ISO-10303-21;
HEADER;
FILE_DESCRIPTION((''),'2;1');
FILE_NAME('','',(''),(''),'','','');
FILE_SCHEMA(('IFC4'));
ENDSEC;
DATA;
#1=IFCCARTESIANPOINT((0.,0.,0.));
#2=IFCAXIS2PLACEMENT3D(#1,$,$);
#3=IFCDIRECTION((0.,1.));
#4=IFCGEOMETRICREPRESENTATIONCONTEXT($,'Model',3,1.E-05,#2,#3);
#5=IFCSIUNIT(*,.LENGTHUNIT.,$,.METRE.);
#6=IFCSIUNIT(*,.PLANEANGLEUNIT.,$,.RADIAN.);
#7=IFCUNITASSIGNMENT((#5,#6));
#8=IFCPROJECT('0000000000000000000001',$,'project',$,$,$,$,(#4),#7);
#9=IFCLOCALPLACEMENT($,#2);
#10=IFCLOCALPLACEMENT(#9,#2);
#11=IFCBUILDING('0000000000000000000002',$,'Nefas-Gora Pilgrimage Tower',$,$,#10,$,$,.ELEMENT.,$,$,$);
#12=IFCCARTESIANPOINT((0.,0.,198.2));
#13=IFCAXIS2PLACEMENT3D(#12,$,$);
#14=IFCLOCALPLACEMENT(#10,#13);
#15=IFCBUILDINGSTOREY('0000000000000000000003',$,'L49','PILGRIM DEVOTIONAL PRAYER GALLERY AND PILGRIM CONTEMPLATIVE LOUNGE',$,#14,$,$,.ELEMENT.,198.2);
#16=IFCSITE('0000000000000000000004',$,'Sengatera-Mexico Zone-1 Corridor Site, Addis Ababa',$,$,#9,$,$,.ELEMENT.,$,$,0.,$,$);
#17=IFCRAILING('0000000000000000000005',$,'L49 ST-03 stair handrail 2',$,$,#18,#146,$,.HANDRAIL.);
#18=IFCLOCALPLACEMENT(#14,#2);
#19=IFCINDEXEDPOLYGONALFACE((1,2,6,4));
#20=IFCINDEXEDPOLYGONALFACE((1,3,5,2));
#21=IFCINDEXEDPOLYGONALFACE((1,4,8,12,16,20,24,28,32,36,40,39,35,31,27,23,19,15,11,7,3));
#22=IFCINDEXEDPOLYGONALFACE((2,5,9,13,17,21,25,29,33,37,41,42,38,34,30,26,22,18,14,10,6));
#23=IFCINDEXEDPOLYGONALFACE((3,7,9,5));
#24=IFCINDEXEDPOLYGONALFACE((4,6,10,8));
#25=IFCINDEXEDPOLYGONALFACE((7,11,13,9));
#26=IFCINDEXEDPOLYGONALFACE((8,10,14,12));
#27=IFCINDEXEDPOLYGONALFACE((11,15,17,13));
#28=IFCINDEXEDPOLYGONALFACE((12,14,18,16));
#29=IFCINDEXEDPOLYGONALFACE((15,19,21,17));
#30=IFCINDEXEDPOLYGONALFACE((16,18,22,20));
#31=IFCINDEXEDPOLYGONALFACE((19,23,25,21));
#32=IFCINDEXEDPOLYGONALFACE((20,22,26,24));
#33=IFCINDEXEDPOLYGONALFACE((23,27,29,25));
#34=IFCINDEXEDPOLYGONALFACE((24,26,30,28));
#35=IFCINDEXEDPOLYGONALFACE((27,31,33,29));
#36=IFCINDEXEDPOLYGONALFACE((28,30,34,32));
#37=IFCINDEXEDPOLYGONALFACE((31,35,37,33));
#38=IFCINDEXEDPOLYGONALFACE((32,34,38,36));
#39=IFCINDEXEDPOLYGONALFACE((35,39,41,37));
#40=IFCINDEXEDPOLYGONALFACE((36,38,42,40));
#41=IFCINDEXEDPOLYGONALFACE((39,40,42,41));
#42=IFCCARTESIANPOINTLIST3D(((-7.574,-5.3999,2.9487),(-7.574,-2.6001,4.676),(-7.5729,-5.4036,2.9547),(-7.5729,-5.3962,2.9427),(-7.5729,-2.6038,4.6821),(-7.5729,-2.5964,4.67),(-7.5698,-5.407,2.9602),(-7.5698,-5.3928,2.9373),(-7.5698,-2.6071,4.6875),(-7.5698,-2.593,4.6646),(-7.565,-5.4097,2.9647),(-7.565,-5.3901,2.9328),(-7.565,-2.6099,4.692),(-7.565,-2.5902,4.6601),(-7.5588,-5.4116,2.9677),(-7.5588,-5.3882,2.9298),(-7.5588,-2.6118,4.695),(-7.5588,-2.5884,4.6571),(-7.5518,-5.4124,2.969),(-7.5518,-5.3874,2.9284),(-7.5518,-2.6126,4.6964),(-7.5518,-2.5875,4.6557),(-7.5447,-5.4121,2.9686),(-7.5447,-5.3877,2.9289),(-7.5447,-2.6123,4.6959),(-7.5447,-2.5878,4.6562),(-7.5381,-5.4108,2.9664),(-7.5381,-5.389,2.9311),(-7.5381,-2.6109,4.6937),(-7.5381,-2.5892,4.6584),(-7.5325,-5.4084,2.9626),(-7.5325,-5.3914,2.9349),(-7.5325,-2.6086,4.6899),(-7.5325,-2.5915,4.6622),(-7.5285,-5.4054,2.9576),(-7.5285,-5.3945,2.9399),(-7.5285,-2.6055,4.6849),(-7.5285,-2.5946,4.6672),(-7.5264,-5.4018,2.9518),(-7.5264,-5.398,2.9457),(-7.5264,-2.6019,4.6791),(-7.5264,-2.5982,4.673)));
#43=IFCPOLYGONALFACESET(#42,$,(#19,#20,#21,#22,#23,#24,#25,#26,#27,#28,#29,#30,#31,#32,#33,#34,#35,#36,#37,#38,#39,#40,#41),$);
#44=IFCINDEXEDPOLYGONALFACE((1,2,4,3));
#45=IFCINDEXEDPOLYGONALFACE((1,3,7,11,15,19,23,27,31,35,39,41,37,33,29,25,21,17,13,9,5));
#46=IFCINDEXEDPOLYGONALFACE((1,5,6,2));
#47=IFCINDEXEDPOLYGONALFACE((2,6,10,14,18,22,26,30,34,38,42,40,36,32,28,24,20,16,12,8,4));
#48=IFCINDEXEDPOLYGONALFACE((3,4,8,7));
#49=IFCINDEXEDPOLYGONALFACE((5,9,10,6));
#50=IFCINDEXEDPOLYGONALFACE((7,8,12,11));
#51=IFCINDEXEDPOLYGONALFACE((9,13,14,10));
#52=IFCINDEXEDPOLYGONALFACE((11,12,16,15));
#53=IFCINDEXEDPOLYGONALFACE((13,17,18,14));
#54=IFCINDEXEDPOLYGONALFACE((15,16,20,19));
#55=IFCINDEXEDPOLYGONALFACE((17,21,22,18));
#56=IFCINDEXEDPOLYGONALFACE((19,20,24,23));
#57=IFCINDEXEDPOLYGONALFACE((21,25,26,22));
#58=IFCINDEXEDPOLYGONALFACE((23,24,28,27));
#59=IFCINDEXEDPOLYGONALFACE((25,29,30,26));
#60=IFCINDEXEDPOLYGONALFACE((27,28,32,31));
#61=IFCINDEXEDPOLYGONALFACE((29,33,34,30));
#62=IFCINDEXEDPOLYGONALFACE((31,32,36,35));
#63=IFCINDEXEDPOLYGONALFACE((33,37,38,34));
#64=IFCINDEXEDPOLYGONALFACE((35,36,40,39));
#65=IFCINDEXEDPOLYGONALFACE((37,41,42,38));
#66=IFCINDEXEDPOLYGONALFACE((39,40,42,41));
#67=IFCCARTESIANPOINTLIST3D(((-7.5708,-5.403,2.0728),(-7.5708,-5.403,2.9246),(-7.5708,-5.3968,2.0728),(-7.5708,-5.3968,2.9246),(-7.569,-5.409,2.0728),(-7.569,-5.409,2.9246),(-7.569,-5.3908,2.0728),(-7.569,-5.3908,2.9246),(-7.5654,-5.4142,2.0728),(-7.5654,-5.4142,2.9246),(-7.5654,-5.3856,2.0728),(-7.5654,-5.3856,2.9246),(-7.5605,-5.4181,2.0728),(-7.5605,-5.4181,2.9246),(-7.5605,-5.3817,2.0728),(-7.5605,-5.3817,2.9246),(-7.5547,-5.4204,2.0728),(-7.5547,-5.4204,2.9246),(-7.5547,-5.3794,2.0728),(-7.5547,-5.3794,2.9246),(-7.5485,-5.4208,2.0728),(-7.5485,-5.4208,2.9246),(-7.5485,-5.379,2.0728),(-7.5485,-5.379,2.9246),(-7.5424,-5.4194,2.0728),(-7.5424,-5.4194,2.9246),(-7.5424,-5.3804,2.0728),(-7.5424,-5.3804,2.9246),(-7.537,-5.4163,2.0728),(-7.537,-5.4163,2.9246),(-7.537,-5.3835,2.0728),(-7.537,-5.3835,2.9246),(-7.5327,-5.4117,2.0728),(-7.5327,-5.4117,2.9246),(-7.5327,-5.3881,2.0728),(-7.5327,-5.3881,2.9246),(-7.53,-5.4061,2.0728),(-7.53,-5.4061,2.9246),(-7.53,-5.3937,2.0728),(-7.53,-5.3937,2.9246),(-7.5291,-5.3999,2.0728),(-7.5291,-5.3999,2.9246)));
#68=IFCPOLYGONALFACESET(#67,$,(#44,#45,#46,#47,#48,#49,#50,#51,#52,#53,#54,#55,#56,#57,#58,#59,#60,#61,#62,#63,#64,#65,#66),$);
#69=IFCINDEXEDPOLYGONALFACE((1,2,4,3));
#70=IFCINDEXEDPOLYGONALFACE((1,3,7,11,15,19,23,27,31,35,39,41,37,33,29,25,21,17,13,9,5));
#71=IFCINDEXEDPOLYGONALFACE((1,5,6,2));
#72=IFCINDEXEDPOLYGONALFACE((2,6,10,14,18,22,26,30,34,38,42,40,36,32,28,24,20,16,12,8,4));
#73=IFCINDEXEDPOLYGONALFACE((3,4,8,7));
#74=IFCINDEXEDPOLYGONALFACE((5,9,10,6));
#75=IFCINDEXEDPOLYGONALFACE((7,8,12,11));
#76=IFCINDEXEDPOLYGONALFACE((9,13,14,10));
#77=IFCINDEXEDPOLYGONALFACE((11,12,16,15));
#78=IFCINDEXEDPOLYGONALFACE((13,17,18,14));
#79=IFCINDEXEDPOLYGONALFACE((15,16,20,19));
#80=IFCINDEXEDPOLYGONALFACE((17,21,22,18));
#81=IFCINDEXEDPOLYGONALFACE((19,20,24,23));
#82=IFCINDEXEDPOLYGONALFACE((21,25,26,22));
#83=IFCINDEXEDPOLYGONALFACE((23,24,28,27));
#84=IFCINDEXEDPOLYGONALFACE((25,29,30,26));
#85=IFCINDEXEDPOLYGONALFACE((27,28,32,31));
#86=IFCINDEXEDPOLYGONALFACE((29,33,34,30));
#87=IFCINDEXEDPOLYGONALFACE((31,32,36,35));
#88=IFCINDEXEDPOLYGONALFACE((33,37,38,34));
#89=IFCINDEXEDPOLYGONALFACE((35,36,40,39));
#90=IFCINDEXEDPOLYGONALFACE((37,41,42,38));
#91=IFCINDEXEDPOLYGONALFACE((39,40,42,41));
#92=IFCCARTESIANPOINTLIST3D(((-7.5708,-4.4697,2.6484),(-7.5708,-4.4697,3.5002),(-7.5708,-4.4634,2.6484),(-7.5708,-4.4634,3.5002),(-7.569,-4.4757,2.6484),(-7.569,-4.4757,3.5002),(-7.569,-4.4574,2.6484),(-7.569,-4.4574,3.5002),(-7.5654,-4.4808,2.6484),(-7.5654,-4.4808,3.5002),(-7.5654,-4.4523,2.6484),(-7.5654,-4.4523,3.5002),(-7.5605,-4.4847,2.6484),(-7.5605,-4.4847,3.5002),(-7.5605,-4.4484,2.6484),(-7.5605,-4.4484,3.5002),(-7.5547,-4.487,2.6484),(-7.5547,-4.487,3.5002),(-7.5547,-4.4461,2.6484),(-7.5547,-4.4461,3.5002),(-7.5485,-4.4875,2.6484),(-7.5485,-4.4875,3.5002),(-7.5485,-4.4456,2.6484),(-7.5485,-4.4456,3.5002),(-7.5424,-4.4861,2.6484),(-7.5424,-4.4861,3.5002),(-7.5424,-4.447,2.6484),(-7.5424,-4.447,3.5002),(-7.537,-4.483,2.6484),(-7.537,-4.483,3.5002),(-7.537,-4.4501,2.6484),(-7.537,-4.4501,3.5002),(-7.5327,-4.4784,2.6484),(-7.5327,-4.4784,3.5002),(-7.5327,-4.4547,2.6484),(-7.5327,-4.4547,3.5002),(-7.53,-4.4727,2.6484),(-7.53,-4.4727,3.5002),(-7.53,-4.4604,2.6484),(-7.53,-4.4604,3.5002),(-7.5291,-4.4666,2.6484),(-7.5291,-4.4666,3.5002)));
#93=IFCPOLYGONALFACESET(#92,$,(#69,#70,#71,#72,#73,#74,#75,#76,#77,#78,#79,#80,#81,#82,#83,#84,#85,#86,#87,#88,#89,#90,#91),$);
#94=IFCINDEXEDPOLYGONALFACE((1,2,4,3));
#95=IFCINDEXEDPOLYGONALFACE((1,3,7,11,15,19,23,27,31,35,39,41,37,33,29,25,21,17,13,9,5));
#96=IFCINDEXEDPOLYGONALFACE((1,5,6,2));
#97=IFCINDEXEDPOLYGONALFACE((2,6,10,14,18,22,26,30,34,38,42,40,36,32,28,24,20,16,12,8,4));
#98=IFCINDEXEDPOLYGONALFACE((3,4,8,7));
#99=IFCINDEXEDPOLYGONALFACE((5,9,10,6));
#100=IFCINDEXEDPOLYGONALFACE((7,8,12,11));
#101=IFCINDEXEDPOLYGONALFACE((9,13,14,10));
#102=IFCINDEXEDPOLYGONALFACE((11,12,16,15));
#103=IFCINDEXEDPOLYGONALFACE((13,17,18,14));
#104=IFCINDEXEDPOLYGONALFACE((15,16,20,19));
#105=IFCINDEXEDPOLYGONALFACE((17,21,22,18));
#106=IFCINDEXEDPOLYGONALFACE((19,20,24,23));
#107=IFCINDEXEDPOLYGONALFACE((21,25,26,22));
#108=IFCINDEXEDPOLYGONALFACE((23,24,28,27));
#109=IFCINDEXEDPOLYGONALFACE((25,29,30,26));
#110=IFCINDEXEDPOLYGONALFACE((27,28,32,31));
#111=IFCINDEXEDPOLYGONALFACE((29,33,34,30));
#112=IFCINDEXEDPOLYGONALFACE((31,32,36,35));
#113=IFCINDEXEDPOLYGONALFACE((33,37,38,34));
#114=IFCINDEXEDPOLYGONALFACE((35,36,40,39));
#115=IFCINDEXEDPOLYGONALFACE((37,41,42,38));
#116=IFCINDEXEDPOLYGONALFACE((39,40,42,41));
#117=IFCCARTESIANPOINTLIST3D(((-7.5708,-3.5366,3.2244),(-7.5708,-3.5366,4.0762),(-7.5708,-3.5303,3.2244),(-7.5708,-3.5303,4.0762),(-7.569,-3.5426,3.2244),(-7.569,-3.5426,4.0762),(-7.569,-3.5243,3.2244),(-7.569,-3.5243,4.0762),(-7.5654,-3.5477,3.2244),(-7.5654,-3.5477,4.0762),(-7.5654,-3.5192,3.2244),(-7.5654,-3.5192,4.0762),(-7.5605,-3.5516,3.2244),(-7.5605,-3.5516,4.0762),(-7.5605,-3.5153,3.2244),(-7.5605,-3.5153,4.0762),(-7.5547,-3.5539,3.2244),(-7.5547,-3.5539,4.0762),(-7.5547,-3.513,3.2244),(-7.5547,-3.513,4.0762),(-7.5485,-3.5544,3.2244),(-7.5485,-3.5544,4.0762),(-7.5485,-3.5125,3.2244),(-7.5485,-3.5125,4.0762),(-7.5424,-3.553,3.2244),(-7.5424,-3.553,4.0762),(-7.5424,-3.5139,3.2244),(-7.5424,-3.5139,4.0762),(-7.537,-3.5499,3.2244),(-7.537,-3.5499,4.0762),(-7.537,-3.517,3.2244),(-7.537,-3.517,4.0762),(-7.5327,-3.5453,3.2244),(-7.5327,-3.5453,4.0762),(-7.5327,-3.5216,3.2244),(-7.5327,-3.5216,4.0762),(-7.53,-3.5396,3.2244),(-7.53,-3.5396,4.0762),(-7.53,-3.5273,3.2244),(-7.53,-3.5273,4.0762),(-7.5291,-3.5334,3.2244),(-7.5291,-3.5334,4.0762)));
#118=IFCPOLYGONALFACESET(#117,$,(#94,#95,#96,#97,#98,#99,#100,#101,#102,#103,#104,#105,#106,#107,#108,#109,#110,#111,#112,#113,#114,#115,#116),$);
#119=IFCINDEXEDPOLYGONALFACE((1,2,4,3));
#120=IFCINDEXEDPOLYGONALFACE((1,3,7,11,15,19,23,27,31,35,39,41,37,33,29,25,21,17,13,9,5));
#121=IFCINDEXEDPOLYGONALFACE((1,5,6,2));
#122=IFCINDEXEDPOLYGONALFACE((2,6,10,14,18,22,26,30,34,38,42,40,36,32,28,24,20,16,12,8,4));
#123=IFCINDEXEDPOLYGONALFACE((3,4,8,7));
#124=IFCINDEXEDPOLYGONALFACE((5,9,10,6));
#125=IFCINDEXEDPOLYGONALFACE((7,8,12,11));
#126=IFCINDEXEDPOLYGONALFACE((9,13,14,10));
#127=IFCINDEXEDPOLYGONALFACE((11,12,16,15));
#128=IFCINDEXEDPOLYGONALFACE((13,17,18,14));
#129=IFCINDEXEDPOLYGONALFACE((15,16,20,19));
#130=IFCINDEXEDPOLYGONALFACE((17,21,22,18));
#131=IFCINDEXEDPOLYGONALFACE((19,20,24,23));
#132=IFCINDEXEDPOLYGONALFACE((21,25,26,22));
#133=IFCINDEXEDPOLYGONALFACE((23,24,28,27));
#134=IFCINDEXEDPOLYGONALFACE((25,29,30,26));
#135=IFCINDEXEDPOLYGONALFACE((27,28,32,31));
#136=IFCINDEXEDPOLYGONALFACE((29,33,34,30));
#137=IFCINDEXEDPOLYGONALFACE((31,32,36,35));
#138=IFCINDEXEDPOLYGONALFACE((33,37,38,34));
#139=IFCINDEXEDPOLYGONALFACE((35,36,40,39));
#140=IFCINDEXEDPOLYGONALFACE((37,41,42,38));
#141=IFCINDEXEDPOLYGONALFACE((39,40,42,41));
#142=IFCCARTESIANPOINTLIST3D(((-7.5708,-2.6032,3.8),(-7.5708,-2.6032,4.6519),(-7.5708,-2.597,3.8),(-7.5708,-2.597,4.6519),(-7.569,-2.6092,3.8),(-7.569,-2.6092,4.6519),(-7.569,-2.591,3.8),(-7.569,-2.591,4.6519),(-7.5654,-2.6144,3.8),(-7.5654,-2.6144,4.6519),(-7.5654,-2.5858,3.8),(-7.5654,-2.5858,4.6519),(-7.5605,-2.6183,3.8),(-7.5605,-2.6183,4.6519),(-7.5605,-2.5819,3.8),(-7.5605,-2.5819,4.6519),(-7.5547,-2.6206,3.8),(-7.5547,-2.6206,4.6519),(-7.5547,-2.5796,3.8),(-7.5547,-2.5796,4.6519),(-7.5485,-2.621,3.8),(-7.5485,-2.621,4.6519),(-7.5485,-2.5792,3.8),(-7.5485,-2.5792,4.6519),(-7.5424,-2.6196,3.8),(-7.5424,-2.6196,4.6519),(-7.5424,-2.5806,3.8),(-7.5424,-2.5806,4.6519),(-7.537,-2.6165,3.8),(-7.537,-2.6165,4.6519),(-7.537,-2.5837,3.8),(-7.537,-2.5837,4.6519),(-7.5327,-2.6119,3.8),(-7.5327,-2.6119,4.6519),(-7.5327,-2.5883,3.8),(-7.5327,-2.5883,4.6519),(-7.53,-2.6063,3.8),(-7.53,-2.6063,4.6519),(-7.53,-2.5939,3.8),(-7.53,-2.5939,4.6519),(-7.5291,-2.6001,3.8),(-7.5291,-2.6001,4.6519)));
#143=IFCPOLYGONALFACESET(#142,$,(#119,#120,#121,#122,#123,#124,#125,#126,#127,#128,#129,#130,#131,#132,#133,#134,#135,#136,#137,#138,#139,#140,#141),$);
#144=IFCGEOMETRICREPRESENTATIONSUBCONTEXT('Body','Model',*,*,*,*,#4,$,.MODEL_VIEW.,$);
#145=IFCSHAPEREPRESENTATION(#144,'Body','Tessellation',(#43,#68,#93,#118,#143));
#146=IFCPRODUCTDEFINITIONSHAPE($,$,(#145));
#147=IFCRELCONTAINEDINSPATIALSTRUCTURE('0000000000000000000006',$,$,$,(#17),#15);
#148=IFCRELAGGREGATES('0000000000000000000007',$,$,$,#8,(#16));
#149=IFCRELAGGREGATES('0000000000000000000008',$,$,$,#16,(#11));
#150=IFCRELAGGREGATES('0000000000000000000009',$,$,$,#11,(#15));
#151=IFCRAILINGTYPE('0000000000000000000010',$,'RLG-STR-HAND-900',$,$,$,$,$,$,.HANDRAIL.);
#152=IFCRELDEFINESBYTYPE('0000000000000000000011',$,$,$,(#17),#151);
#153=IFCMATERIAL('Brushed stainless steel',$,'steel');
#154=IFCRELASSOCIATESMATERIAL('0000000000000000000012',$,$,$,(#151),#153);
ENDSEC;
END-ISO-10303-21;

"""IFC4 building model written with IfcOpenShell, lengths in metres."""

from ifc_helpers import new_model, si_unit, direction, frame, origin, origin_2d, place, context, subcontext, project, spatial, circle, extrude, material, type_object, element, save


model = new_model("IFC4")

# Units and contexts
model_context = context("Model", 3, precision=1e-05, world=origin(), true_north=direction((0.0, 1.0)))
body_context = subcontext(model_context, "Body", "Model", "MODEL_VIEW")
ifc_project = project(units=[si_unit("LENGTHUNIT", "METRE"), si_unit("PLANEANGLEUNIT", "RADIAN")], contexts=[model_context])

# Site, building, storey
site_placement = place(None, origin())
site = spatial("IfcSite", under=ifc_project, at=site_placement, Name="Sengatera-Mexico Zone-1 Corridor Site, Addis Ababa", CompositionType="ELEMENT", RefElevation=0.0)
building_placement = place(site_placement, origin())
building = spatial("IfcBuilding", under=site, at=building_placement, Name="Nefas-Gora Pilgrimage Tower", CompositionType="ELEMENT")
storey_placement = place(building_placement, frame((0.0, 0.0, 198.2)))
storey = spatial("IfcBuildingStorey", under=building, at=storey_placement, Name="L49", Description="PILGRIM DEVOTIONAL PRAYER GALLERY AND PILGRIM CONTEMPLATIVE LOUNGE", CompositionType="ELEMENT", Elevation=198.2)

# Railing
ifc_material_1 = material(Name="Brushed stainless steel", Category="steel")
railing_type_1 = type_object("IfcRailingType", Name="RLG-STR-HAND-900", PredefinedType="HANDRAIL", material=ifc_material_1)
railing_1_placement = place(storey_placement, frame((-7.55, -5.3999, 2.0728)))
element("IfcRailing", 1, at=railing_1_placement, inside=storey, type_object=railing_type_1, Name="L49 ST-03 stair handrail 2", PredefinedType="HANDRAIL", context=body_context, shape_type="SweptSolid", body=[
    extrude(circle(Radius=0.0239, at=origin_2d()), frame((0.0, 0.0, 0.876), z_axis=(0.0, 0.851069, 0.525054), x_axis=(-1.0, 0.0, 0.0)), (0.0, 0.0, 1.0), 3.2898),
    extrude(circle(Radius=0.021, at=origin_2d()), origin(), (0.0, 0.0, 1.0), 0.8518),
    extrude(circle(Radius=0.021, at=origin_2d()), frame((0.0, 0.9333, 0.5757)), (0.0, 0.0, 1.0), 0.8518),
    extrude(circle(Radius=0.021, at=origin_2d()), frame((0.0, 1.8665, 1.1516)), (0.0, 0.0, 1.0), 0.8518),
    extrude(circle(Radius=0.021, at=origin_2d()), frame((0.0, 2.7998, 1.7273)), (0.0, 0.0, 1.0), 0.8518),
])

save(model, "model.ifc")
